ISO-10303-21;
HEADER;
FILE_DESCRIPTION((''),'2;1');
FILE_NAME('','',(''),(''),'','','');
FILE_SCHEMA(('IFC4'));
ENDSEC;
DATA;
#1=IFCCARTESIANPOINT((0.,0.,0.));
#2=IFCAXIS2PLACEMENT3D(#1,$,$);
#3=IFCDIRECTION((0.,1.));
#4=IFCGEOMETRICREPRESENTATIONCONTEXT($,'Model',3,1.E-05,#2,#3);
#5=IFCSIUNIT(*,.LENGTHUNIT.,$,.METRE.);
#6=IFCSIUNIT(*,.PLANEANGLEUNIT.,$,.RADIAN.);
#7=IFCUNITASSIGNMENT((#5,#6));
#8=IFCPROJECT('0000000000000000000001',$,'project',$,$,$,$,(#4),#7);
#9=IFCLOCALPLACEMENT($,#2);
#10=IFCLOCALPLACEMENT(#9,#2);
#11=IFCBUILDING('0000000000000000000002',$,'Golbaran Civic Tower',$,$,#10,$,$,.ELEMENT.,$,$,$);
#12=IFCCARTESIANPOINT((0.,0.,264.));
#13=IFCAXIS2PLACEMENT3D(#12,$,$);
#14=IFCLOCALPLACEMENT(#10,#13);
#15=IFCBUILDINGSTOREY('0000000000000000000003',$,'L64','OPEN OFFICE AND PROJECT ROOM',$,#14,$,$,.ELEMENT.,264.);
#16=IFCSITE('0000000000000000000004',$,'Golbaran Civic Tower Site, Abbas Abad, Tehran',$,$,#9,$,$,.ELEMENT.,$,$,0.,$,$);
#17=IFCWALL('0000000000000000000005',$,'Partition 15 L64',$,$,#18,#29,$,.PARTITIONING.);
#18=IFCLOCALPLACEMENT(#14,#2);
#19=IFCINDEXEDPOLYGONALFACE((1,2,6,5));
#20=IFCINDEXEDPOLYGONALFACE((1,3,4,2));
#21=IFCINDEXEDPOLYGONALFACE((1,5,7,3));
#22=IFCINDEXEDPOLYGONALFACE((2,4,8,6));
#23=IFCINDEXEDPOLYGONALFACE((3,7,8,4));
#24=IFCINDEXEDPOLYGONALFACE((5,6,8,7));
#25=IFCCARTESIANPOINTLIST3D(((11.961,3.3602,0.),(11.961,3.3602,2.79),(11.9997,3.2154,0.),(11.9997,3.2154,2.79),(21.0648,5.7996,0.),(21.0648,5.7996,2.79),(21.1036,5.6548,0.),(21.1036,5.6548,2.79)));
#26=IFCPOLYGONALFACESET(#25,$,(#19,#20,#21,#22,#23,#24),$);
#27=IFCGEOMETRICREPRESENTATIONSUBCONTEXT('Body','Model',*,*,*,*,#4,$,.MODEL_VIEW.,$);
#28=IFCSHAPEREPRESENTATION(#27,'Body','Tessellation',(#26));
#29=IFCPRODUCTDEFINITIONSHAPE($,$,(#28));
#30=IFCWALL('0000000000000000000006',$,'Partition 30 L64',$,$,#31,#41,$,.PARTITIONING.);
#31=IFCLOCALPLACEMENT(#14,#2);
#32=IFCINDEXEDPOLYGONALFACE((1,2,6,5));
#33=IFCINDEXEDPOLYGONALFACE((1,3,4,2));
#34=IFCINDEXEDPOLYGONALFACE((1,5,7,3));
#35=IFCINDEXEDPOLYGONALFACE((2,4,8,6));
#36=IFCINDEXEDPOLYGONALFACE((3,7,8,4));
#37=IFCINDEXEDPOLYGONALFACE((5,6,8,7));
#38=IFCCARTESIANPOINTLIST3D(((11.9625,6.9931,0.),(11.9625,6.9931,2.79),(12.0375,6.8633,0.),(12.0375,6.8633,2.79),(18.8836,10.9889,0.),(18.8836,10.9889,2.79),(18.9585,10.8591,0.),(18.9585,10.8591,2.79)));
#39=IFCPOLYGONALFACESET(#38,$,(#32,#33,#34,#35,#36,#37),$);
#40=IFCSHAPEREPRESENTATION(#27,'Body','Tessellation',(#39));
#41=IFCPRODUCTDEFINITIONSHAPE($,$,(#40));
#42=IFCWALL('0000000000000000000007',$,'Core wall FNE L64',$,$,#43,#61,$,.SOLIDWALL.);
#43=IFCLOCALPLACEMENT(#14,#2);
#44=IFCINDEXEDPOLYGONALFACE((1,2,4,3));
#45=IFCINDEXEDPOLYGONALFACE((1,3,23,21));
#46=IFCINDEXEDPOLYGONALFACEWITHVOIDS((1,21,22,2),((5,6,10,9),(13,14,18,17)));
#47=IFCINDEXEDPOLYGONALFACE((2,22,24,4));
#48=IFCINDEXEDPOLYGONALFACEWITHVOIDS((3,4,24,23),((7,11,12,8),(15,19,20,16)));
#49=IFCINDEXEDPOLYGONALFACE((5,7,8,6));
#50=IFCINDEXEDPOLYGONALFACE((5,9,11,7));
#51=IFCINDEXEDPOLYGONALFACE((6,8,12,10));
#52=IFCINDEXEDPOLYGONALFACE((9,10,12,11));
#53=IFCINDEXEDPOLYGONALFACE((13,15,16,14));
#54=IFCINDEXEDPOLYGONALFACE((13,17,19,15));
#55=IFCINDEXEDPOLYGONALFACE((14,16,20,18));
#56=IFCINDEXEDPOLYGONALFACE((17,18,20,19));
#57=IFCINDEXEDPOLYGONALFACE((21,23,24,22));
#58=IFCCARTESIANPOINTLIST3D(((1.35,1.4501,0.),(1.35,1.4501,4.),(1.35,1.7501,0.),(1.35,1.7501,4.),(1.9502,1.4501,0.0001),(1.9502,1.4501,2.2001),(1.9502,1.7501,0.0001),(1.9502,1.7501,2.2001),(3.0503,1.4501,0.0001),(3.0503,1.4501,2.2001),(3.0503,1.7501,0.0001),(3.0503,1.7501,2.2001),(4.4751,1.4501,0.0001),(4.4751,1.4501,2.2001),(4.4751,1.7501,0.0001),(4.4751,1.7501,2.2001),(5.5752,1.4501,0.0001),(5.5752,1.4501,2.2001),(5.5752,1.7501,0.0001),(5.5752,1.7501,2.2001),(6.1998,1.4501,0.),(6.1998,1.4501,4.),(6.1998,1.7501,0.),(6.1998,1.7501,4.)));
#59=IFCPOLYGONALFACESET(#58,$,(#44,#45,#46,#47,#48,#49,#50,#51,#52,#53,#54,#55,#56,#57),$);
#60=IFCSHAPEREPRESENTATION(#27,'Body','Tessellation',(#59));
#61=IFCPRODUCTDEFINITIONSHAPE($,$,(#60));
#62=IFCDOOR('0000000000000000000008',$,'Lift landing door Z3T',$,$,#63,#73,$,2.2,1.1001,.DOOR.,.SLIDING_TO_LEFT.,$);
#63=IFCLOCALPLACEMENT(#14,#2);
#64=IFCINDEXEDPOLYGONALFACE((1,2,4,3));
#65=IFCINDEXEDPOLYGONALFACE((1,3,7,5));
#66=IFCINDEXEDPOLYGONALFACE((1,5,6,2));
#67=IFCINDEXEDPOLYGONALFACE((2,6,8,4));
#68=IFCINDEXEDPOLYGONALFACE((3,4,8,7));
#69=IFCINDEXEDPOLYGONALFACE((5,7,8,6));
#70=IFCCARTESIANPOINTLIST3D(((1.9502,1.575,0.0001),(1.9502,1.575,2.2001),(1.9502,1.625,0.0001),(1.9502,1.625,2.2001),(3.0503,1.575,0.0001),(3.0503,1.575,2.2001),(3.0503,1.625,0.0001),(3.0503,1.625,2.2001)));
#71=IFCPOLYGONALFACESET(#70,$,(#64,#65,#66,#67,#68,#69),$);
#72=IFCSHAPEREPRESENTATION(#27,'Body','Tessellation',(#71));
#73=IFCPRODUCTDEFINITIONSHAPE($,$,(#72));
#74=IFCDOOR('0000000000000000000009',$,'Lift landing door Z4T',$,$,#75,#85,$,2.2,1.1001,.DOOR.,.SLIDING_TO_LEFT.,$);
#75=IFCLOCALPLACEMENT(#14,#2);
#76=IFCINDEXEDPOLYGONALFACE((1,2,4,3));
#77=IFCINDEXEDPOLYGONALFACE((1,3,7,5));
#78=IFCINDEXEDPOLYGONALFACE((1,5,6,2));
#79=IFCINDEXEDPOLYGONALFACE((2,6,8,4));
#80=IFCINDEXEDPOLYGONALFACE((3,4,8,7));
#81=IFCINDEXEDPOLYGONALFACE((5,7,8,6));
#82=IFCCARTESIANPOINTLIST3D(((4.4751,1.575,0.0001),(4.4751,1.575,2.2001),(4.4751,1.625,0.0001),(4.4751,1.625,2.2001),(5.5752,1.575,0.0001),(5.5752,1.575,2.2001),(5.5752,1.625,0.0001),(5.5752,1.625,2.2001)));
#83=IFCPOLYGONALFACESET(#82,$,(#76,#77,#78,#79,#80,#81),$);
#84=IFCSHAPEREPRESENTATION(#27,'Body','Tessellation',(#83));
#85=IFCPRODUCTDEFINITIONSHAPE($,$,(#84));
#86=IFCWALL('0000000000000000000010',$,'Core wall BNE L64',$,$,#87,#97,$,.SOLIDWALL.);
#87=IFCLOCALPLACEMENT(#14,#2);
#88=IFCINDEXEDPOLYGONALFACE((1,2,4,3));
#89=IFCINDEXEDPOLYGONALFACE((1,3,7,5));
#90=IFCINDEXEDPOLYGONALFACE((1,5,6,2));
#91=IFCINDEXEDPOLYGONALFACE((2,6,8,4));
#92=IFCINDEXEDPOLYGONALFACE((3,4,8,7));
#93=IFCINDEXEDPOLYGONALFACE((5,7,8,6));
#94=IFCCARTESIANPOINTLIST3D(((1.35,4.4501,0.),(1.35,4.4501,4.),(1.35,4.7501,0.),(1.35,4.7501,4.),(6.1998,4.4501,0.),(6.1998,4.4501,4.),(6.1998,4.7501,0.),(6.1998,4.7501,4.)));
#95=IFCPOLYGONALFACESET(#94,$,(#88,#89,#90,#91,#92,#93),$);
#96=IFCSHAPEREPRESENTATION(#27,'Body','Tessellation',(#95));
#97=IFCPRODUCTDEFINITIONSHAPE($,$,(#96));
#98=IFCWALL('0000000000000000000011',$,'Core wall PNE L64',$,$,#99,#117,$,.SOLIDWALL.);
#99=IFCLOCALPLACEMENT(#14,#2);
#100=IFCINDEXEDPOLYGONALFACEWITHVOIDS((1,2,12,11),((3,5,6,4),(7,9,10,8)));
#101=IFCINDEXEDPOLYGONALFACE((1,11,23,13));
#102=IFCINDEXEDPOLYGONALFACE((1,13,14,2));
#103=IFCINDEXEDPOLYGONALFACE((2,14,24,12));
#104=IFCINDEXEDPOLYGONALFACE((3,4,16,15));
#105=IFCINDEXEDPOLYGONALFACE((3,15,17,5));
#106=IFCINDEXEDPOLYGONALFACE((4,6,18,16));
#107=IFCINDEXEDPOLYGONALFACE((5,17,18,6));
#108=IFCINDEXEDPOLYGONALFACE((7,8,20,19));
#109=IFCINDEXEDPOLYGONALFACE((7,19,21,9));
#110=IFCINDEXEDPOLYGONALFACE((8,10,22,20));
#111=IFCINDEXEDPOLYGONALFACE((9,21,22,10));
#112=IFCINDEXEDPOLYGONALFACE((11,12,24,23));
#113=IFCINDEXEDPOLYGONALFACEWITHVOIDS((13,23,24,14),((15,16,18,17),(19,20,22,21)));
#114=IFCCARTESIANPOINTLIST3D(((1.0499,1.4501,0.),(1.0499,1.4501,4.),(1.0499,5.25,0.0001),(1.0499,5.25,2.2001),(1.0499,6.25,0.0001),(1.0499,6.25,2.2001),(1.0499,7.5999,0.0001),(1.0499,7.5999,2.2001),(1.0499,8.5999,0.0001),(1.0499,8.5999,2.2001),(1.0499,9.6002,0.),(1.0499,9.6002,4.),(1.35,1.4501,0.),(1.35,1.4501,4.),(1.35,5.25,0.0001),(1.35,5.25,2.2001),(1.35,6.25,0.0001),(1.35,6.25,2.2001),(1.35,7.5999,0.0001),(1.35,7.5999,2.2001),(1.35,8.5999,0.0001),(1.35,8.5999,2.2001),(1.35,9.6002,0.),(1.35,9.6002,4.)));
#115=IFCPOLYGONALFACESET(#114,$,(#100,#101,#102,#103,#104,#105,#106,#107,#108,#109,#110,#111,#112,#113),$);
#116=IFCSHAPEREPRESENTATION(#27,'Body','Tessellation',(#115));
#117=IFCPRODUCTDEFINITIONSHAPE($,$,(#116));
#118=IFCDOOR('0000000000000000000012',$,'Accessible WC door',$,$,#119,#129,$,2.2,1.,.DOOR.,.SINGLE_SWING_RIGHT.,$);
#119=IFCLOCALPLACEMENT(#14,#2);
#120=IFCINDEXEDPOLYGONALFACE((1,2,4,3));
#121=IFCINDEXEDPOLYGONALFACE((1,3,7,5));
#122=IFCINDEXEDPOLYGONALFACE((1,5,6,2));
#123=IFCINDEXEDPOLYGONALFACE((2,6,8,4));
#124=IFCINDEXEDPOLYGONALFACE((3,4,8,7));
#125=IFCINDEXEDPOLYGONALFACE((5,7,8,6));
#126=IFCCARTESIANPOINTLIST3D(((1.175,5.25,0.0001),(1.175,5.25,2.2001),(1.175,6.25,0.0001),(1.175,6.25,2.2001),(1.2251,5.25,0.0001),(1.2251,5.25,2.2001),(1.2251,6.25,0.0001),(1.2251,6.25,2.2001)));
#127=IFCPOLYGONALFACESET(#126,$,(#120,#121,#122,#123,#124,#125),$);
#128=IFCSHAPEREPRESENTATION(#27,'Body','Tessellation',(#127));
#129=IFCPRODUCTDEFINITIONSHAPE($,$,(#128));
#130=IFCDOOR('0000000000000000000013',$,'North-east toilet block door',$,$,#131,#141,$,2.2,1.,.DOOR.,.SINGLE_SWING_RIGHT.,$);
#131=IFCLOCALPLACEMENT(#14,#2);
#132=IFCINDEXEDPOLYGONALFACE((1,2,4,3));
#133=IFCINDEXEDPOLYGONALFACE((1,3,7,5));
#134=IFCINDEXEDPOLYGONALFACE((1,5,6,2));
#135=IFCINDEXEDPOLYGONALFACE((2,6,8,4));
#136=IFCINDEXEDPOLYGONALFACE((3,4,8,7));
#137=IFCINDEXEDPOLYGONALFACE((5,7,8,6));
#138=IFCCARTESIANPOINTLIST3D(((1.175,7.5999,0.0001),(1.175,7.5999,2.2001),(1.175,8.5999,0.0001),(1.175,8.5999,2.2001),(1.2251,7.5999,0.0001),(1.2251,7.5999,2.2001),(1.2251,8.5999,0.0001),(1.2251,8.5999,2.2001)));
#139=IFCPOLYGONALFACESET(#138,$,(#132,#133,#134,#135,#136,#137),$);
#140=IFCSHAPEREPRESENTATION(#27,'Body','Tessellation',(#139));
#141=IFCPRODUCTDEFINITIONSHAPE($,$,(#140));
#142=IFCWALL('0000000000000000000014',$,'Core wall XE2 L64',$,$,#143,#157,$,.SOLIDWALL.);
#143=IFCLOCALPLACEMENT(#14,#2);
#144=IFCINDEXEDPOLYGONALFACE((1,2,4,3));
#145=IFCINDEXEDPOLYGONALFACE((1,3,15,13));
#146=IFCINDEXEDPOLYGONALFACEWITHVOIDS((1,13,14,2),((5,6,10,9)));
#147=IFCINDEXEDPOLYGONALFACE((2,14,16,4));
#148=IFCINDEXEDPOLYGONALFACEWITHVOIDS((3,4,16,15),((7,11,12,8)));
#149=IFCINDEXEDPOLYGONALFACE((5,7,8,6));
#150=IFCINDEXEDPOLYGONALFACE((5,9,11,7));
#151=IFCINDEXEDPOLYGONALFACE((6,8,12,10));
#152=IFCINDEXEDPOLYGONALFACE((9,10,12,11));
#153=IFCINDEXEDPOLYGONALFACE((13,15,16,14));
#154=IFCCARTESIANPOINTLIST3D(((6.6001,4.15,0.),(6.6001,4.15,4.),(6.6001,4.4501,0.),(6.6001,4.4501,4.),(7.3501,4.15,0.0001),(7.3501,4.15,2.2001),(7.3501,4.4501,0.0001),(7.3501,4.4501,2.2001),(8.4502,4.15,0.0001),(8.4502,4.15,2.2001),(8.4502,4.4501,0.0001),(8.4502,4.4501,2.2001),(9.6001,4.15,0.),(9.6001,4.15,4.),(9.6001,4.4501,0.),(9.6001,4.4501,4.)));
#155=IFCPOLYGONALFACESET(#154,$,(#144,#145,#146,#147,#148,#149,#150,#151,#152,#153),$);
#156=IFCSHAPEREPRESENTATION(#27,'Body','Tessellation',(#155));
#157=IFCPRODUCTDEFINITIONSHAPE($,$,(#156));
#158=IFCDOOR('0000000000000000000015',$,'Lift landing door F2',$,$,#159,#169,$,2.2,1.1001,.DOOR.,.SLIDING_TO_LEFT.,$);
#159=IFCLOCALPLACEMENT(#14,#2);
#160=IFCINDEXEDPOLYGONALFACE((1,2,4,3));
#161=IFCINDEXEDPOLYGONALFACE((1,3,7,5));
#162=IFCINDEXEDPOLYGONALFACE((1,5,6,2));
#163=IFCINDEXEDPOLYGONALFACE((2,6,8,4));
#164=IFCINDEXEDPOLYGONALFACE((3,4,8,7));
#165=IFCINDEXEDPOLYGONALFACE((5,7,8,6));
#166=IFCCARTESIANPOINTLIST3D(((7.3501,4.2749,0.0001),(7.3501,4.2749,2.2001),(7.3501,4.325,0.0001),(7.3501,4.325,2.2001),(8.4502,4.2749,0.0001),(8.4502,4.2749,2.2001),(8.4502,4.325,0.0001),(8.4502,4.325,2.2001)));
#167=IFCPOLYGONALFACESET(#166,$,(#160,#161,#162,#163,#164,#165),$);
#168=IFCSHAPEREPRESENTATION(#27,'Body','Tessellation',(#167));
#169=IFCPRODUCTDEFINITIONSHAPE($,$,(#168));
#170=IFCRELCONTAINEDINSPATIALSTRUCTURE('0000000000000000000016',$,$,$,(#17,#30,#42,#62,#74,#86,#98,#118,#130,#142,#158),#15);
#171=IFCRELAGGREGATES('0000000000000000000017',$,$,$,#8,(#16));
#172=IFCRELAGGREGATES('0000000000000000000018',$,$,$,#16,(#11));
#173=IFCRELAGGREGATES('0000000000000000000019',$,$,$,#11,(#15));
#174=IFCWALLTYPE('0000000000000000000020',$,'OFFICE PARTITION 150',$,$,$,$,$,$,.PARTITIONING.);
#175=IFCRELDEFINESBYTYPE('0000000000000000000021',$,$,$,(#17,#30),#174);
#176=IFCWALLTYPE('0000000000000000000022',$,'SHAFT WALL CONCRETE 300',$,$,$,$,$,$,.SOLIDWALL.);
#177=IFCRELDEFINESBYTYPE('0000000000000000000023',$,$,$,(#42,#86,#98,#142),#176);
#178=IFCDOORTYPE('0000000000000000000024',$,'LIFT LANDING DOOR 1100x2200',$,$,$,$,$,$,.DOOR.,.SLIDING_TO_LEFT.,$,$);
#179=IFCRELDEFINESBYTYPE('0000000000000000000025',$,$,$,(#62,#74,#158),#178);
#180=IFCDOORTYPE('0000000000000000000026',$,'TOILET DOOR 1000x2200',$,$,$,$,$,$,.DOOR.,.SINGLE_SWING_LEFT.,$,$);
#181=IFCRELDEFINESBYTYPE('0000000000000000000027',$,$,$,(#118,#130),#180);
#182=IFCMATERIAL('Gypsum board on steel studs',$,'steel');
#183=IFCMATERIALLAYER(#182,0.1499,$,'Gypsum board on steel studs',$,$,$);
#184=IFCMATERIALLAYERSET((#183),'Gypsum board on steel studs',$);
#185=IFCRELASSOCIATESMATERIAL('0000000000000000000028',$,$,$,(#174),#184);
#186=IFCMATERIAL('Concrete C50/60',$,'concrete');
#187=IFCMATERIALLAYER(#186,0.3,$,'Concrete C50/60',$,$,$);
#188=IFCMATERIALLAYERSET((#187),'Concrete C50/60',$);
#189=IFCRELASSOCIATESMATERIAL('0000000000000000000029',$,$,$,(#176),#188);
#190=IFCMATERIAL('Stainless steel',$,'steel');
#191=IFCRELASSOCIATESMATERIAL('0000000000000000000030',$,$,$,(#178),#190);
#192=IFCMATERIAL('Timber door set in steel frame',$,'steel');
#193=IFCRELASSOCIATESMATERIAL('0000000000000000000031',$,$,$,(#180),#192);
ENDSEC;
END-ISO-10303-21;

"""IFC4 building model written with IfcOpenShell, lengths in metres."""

from ifc_helpers import new_model, si_unit, direction, frame, frame_2d, origin, place, context, subcontext, project, spatial, rectangle, extrude, material, layer, layer_set, type_object, element, fill, save


model = new_model("IFC4")

# Units and contexts
model_context = context("Model", 3, precision=1e-05, world=origin(), true_north=direction((0.0, 1.0)))
body_context = subcontext(model_context, "Body", "Model", "MODEL_VIEW")
ifc_project = project(units=[si_unit("LENGTHUNIT", "METRE"), si_unit("PLANEANGLEUNIT", "RADIAN")], contexts=[model_context])

# Site, building, storey
site_placement = place(None, origin())
site = spatial("IfcSite", under=ifc_project, at=site_placement, Name="Golbaran Civic Tower Site, Abbas Abad, Tehran", CompositionType="ELEMENT", RefElevation=0.0)
building_placement = place(site_placement, origin())
building = spatial("IfcBuilding", under=site, at=building_placement, Name="Golbaran Civic Tower", CompositionType="ELEMENT")
storey_placement = place(building_placement, frame((0.0, 0.0, 264.0)))
storey = spatial("IfcBuildingStorey", under=building, at=storey_placement, Name="L64", Description="OPEN OFFICE AND PROJECT ROOM", CompositionType="ELEMENT", Elevation=264.0)

# Shared definitions
ifc_material_1 = material(Name="Timber door set in steel frame", Category="steel")

# Walls
ifc_material_2 = material(Name="Gypsum board on steel studs", Category="steel")
ifc_layer_1 = layer(ifc_material_2, 0.1499, Name="Gypsum board on steel studs")
ifc_layer_set_1 = layer_set([ifc_layer_1], Name="Gypsum board on steel studs")
wall_type_1 = type_object("IfcWallType", Name="OFFICE PARTITION 150", PredefinedType="PARTITIONING", material=ifc_layer_set_1)
wall_1_placement = place(storey_placement, frame((11.9805, 3.2878, 0.0), z_axis=(0.0, 0.0, 1.0), x_axis=(0.965925, 0.258823, 0.0)))
element("IfcWall", 1, at=wall_1_placement, inside=storey, type_object=wall_type_1, Name="Partition 15 L64", PredefinedType="PARTITIONING", context=body_context, shape_type="SweptSolid", body=[
    extrude(rectangle(XDim=9.425, YDim=0.1499, at=frame_2d((4.7124, 0.0))), origin(), (0.0, 0.0, 1.0), 2.79),
])
wall_2_placement = place(storey_placement, frame((12.0, 6.9282, 0.0), z_axis=(0.0, 0.0, 1.0), x_axis=(0.866029, 0.499993, 0.0)))
element("IfcWall", 2, at=wall_2_placement, inside=storey, type_object=wall_type_1, Name="Partition 30 L64", PredefinedType="PARTITIONING", context=body_context, shape_type="SweptSolid", body=[
    extrude(rectangle(XDim=7.9917, YDim=0.1499, at=frame_2d((3.9958, 0.0))), origin(), (0.0, 0.0, 1.0), 2.79),
])

# Wall, openings, doors
ifc_material_3 = material(Name="Concrete C50/60", Category="concrete")
ifc_layer_2 = layer(ifc_material_3, 0.3, Name="Concrete C50/60")
ifc_layer_set_2 = layer_set([ifc_layer_2], Name="Concrete C50/60")
wall_type_2 = type_object("IfcWallType", Name="SHAFT WALL CONCRETE 300", PredefinedType="SOLIDWALL", material=ifc_layer_set_2)
wall_3_placement = place(storey_placement, frame((1.3501, 1.6001, 0.0), z_axis=(0.0, 0.0, 1.0), x_axis=(1.0, 0.0, 0.0)))
wall_3 = element("IfcWall", 3, at=wall_3_placement, inside=storey, type_object=wall_type_2, Name="Core wall FNE L64", PredefinedType="SOLIDWALL", context=body_context, shape_type="SweptSolid", body=[
    extrude(rectangle(XDim=4.8499, YDim=0.3, at=frame_2d((2.4248, 0.0))), origin(), (0.0, 0.0, 1.0), 4.0),
])
opening_1_placement = place(wall_3_placement, frame((0.6001, 0.0, 0.0)))
opening_1 = element("IfcOpeningElement", 4, at=opening_1_placement, cuts=wall_3, PredefinedType="OPENING", context=body_context, shape_type="SweptSolid", body=[
    extrude(rectangle(XDim=1.1001, YDim=2.2, at=frame_2d((0.55, 1.1001))), frame((0.0, 0.1599, 0.0), z_axis=(0.0, -1.0, 0.0), x_axis=(1.0, 0.0, 0.0)), (0.0, 0.0, 1.0), 0.3201),
])
opening_2_placement = place(wall_3_placement, frame((3.125, 0.0, 0.0)))
opening_2 = element("IfcOpeningElement", 5, at=opening_2_placement, cuts=wall_3, PredefinedType="OPENING", context=body_context, shape_type="SweptSolid", body=[
    extrude(rectangle(XDim=1.1001, YDim=2.2, at=frame_2d((0.55, 1.1001))), frame((0.0, 0.1599, 0.0), z_axis=(0.0, -1.0, 0.0), x_axis=(1.0, 0.0, 0.0)), (0.0, 0.0, 1.0), 0.3201),
])
ifc_material_4 = material(Name="Stainless steel", Category="steel")
door_type_1 = type_object("IfcDoorType", Name="LIFT LANDING DOOR 1100x2200", OperationType="SLIDING_TO_LEFT", PredefinedType="DOOR", material=ifc_material_4)
door_1_placement = place(opening_1_placement, origin())
door_1 = element("IfcDoor", 6, at=door_1_placement, inside=storey, type_object=door_type_1, Name="Lift landing door Z3T", OperationType="SLIDING_TO_LEFT", OverallHeight=2.2, OverallWidth=1.1001, PredefinedType="DOOR", context=body_context, shape_type="SweptSolid", body=[
    extrude(rectangle(XDim=1.1001, YDim=2.2, at=frame_2d((0.55, 1.1001))), frame((0.0, 0.0249, 0.0), z_axis=(0.0, -1.0, 0.0), x_axis=(1.0, 0.0, 0.0)), (0.0, 0.0, 1.0), 0.05),
])
fill(opening_1, door_1)
door_2_placement = place(opening_2_placement, origin())
door_2 = element("IfcDoor", 7, at=door_2_placement, inside=storey, type_object=door_type_1, Name="Lift landing door Z4T", OperationType="SLIDING_TO_LEFT", OverallHeight=2.2, OverallWidth=1.1001, PredefinedType="DOOR", context=body_context, shape_type="SweptSolid", body=[
    extrude(rectangle(XDim=1.1001, YDim=2.2, at=frame_2d((0.55, 1.1001))), frame((0.0, 0.0249, 0.0), z_axis=(0.0, -1.0, 0.0), x_axis=(1.0, 0.0, 0.0)), (0.0, 0.0, 1.0), 0.05),
])
fill(opening_2, door_2)

# Wall
wall_4_placement = place(storey_placement, frame((1.3501, 4.6001, 0.0), z_axis=(0.0, 0.0, 1.0), x_axis=(1.0, 0.0, 0.0)))
element("IfcWall", 8, at=wall_4_placement, inside=storey, type_object=wall_type_2, Name="Core wall BNE L64", PredefinedType="SOLIDWALL", context=body_context, shape_type="SweptSolid", body=[
    extrude(rectangle(XDim=4.8499, YDim=0.3, at=frame_2d((2.4248, 0.0))), origin(), (0.0, 0.0, 1.0), 4.0),
])

# Wall, openings, doors
wall_5_placement = place(storey_placement, frame((1.2, 1.45, 0.0), z_axis=(0.0, 0.0, 1.0), x_axis=(0.0, 1.0, 0.0)))
wall_5 = element("IfcWall", 9, at=wall_5_placement, inside=storey, type_object=wall_type_2, Name="Core wall PNE L64", PredefinedType="SOLIDWALL", context=body_context, shape_type="SweptSolid", body=[
    extrude(rectangle(XDim=8.1501, YDim=0.3, at=frame_2d((4.0752, 0.0))), origin(), (0.0, 0.0, 1.0), 4.0),
])
opening_3_placement = place(wall_5_placement, frame((3.8, 0.0, 0.0)))
opening_3 = element("IfcOpeningElement", 10, at=opening_3_placement, cuts=wall_5, PredefinedType="OPENING", context=body_context, shape_type="SweptSolid", body=[
    extrude(rectangle(XDim=1.0, YDim=2.2, at=frame_2d((0.5, 1.1001))), frame((0.0, 0.1599, 0.0), z_axis=(0.0, -1.0, 0.0), x_axis=(1.0, 0.0, 0.0)), (0.0, 0.0, 1.0), 0.3201),
])
opening_4_placement = place(wall_5_placement, frame((6.1499, 0.0, 0.0)))
opening_4 = element("IfcOpeningElement", 11, at=opening_4_placement, cuts=wall_5, PredefinedType="OPENING", context=body_context, shape_type="SweptSolid", body=[
    extrude(rectangle(XDim=1.0, YDim=2.2, at=frame_2d((0.5, 1.1001))), frame((0.0, 0.1599, 0.0), z_axis=(0.0, -1.0, 0.0), x_axis=(1.0, 0.0, 0.0)), (0.0, 0.0, 1.0), 0.3201),
])
door_type_2 = type_object("IfcDoorType", Name="TOILET DOOR 1000x2200", OperationType="SINGLE_SWING_LEFT", PredefinedType="DOOR", material=ifc_material_1)
door_3_placement = place(opening_3_placement, origin())
door_3 = element("IfcDoor", 12, at=door_3_placement, inside=storey, type_object=door_type_2, Name="Accessible WC door", OperationType="SINGLE_SWING_RIGHT", OverallHeight=2.2, OverallWidth=1.0, PredefinedType="DOOR", context=body_context, shape_type="SweptSolid", body=[
    extrude(rectangle(XDim=1.0, YDim=2.2, at=frame_2d((0.5, 1.1001))), frame((0.0, 0.0249, 0.0), z_axis=(0.0, -1.0, 0.0), x_axis=(1.0, 0.0, 0.0)), (0.0, 0.0, 1.0), 0.05),
])
fill(opening_3, door_3)
door_4_placement = place(opening_4_placement, origin())
door_4 = element("IfcDoor", 13, at=door_4_placement, inside=storey, type_object=door_type_2, Name="North-east toilet block door", OperationType="SINGLE_SWING_RIGHT", OverallHeight=2.2, OverallWidth=1.0, PredefinedType="DOOR", context=body_context, shape_type="SweptSolid", body=[
    extrude(rectangle(XDim=1.0, YDim=2.2, at=frame_2d((0.5, 1.1001))), frame((0.0, 0.0249, 0.0), z_axis=(0.0, -1.0, 0.0), x_axis=(1.0, 0.0, 0.0)), (0.0, 0.0, 1.0), 0.05),
])
fill(opening_4, door_4)

# Wall, opening, door
wall_6_placement = place(storey_placement, frame((6.6001, 4.3, 0.0), z_axis=(0.0, 0.0, 1.0), x_axis=(1.0, 0.0, 0.0)))
wall_6 = element("IfcWall", 14, at=wall_6_placement, inside=storey, type_object=wall_type_2, Name="Core wall XE2 L64", PredefinedType="SOLIDWALL", context=body_context, shape_type="SweptSolid", body=[
    extrude(rectangle(XDim=3.0, YDim=0.3, at=frame_2d((1.5, 0.0))), origin(), (0.0, 0.0, 1.0), 4.0),
])
opening_5_placement = place(wall_6_placement, frame((0.75, 0.0, 0.0)))
opening_5 = element("IfcOpeningElement", 15, at=opening_5_placement, cuts=wall_6, PredefinedType="OPENING", context=body_context, shape_type="SweptSolid", body=[
    extrude(rectangle(XDim=1.1001, YDim=2.2, at=frame_2d((0.55, 1.1001))), frame((0.0, 0.1599, 0.0), z_axis=(0.0, -1.0, 0.0), x_axis=(1.0, 0.0, 0.0)), (0.0, 0.0, 1.0), 0.3201),
])
door_5_placement = place(opening_5_placement, origin())
door_5 = element("IfcDoor", 16, at=door_5_placement, inside=storey, type_object=door_type_1, Name="Lift landing door F2", OperationType="SLIDING_TO_LEFT", OverallHeight=2.2, OverallWidth=1.1001, PredefinedType="DOOR", context=body_context, shape_type="SweptSolid", body=[
    extrude(rectangle(XDim=1.1001, YDim=2.2, at=frame_2d((0.55, 1.1001))), frame((0.0, 0.0249, 0.0), z_axis=(0.0, -1.0, 0.0), x_axis=(1.0, 0.0, 0.0)), (0.0, 0.0, 1.0), 0.05),
])
fill(opening_5, door_5)

save(model, "model.ifc")
